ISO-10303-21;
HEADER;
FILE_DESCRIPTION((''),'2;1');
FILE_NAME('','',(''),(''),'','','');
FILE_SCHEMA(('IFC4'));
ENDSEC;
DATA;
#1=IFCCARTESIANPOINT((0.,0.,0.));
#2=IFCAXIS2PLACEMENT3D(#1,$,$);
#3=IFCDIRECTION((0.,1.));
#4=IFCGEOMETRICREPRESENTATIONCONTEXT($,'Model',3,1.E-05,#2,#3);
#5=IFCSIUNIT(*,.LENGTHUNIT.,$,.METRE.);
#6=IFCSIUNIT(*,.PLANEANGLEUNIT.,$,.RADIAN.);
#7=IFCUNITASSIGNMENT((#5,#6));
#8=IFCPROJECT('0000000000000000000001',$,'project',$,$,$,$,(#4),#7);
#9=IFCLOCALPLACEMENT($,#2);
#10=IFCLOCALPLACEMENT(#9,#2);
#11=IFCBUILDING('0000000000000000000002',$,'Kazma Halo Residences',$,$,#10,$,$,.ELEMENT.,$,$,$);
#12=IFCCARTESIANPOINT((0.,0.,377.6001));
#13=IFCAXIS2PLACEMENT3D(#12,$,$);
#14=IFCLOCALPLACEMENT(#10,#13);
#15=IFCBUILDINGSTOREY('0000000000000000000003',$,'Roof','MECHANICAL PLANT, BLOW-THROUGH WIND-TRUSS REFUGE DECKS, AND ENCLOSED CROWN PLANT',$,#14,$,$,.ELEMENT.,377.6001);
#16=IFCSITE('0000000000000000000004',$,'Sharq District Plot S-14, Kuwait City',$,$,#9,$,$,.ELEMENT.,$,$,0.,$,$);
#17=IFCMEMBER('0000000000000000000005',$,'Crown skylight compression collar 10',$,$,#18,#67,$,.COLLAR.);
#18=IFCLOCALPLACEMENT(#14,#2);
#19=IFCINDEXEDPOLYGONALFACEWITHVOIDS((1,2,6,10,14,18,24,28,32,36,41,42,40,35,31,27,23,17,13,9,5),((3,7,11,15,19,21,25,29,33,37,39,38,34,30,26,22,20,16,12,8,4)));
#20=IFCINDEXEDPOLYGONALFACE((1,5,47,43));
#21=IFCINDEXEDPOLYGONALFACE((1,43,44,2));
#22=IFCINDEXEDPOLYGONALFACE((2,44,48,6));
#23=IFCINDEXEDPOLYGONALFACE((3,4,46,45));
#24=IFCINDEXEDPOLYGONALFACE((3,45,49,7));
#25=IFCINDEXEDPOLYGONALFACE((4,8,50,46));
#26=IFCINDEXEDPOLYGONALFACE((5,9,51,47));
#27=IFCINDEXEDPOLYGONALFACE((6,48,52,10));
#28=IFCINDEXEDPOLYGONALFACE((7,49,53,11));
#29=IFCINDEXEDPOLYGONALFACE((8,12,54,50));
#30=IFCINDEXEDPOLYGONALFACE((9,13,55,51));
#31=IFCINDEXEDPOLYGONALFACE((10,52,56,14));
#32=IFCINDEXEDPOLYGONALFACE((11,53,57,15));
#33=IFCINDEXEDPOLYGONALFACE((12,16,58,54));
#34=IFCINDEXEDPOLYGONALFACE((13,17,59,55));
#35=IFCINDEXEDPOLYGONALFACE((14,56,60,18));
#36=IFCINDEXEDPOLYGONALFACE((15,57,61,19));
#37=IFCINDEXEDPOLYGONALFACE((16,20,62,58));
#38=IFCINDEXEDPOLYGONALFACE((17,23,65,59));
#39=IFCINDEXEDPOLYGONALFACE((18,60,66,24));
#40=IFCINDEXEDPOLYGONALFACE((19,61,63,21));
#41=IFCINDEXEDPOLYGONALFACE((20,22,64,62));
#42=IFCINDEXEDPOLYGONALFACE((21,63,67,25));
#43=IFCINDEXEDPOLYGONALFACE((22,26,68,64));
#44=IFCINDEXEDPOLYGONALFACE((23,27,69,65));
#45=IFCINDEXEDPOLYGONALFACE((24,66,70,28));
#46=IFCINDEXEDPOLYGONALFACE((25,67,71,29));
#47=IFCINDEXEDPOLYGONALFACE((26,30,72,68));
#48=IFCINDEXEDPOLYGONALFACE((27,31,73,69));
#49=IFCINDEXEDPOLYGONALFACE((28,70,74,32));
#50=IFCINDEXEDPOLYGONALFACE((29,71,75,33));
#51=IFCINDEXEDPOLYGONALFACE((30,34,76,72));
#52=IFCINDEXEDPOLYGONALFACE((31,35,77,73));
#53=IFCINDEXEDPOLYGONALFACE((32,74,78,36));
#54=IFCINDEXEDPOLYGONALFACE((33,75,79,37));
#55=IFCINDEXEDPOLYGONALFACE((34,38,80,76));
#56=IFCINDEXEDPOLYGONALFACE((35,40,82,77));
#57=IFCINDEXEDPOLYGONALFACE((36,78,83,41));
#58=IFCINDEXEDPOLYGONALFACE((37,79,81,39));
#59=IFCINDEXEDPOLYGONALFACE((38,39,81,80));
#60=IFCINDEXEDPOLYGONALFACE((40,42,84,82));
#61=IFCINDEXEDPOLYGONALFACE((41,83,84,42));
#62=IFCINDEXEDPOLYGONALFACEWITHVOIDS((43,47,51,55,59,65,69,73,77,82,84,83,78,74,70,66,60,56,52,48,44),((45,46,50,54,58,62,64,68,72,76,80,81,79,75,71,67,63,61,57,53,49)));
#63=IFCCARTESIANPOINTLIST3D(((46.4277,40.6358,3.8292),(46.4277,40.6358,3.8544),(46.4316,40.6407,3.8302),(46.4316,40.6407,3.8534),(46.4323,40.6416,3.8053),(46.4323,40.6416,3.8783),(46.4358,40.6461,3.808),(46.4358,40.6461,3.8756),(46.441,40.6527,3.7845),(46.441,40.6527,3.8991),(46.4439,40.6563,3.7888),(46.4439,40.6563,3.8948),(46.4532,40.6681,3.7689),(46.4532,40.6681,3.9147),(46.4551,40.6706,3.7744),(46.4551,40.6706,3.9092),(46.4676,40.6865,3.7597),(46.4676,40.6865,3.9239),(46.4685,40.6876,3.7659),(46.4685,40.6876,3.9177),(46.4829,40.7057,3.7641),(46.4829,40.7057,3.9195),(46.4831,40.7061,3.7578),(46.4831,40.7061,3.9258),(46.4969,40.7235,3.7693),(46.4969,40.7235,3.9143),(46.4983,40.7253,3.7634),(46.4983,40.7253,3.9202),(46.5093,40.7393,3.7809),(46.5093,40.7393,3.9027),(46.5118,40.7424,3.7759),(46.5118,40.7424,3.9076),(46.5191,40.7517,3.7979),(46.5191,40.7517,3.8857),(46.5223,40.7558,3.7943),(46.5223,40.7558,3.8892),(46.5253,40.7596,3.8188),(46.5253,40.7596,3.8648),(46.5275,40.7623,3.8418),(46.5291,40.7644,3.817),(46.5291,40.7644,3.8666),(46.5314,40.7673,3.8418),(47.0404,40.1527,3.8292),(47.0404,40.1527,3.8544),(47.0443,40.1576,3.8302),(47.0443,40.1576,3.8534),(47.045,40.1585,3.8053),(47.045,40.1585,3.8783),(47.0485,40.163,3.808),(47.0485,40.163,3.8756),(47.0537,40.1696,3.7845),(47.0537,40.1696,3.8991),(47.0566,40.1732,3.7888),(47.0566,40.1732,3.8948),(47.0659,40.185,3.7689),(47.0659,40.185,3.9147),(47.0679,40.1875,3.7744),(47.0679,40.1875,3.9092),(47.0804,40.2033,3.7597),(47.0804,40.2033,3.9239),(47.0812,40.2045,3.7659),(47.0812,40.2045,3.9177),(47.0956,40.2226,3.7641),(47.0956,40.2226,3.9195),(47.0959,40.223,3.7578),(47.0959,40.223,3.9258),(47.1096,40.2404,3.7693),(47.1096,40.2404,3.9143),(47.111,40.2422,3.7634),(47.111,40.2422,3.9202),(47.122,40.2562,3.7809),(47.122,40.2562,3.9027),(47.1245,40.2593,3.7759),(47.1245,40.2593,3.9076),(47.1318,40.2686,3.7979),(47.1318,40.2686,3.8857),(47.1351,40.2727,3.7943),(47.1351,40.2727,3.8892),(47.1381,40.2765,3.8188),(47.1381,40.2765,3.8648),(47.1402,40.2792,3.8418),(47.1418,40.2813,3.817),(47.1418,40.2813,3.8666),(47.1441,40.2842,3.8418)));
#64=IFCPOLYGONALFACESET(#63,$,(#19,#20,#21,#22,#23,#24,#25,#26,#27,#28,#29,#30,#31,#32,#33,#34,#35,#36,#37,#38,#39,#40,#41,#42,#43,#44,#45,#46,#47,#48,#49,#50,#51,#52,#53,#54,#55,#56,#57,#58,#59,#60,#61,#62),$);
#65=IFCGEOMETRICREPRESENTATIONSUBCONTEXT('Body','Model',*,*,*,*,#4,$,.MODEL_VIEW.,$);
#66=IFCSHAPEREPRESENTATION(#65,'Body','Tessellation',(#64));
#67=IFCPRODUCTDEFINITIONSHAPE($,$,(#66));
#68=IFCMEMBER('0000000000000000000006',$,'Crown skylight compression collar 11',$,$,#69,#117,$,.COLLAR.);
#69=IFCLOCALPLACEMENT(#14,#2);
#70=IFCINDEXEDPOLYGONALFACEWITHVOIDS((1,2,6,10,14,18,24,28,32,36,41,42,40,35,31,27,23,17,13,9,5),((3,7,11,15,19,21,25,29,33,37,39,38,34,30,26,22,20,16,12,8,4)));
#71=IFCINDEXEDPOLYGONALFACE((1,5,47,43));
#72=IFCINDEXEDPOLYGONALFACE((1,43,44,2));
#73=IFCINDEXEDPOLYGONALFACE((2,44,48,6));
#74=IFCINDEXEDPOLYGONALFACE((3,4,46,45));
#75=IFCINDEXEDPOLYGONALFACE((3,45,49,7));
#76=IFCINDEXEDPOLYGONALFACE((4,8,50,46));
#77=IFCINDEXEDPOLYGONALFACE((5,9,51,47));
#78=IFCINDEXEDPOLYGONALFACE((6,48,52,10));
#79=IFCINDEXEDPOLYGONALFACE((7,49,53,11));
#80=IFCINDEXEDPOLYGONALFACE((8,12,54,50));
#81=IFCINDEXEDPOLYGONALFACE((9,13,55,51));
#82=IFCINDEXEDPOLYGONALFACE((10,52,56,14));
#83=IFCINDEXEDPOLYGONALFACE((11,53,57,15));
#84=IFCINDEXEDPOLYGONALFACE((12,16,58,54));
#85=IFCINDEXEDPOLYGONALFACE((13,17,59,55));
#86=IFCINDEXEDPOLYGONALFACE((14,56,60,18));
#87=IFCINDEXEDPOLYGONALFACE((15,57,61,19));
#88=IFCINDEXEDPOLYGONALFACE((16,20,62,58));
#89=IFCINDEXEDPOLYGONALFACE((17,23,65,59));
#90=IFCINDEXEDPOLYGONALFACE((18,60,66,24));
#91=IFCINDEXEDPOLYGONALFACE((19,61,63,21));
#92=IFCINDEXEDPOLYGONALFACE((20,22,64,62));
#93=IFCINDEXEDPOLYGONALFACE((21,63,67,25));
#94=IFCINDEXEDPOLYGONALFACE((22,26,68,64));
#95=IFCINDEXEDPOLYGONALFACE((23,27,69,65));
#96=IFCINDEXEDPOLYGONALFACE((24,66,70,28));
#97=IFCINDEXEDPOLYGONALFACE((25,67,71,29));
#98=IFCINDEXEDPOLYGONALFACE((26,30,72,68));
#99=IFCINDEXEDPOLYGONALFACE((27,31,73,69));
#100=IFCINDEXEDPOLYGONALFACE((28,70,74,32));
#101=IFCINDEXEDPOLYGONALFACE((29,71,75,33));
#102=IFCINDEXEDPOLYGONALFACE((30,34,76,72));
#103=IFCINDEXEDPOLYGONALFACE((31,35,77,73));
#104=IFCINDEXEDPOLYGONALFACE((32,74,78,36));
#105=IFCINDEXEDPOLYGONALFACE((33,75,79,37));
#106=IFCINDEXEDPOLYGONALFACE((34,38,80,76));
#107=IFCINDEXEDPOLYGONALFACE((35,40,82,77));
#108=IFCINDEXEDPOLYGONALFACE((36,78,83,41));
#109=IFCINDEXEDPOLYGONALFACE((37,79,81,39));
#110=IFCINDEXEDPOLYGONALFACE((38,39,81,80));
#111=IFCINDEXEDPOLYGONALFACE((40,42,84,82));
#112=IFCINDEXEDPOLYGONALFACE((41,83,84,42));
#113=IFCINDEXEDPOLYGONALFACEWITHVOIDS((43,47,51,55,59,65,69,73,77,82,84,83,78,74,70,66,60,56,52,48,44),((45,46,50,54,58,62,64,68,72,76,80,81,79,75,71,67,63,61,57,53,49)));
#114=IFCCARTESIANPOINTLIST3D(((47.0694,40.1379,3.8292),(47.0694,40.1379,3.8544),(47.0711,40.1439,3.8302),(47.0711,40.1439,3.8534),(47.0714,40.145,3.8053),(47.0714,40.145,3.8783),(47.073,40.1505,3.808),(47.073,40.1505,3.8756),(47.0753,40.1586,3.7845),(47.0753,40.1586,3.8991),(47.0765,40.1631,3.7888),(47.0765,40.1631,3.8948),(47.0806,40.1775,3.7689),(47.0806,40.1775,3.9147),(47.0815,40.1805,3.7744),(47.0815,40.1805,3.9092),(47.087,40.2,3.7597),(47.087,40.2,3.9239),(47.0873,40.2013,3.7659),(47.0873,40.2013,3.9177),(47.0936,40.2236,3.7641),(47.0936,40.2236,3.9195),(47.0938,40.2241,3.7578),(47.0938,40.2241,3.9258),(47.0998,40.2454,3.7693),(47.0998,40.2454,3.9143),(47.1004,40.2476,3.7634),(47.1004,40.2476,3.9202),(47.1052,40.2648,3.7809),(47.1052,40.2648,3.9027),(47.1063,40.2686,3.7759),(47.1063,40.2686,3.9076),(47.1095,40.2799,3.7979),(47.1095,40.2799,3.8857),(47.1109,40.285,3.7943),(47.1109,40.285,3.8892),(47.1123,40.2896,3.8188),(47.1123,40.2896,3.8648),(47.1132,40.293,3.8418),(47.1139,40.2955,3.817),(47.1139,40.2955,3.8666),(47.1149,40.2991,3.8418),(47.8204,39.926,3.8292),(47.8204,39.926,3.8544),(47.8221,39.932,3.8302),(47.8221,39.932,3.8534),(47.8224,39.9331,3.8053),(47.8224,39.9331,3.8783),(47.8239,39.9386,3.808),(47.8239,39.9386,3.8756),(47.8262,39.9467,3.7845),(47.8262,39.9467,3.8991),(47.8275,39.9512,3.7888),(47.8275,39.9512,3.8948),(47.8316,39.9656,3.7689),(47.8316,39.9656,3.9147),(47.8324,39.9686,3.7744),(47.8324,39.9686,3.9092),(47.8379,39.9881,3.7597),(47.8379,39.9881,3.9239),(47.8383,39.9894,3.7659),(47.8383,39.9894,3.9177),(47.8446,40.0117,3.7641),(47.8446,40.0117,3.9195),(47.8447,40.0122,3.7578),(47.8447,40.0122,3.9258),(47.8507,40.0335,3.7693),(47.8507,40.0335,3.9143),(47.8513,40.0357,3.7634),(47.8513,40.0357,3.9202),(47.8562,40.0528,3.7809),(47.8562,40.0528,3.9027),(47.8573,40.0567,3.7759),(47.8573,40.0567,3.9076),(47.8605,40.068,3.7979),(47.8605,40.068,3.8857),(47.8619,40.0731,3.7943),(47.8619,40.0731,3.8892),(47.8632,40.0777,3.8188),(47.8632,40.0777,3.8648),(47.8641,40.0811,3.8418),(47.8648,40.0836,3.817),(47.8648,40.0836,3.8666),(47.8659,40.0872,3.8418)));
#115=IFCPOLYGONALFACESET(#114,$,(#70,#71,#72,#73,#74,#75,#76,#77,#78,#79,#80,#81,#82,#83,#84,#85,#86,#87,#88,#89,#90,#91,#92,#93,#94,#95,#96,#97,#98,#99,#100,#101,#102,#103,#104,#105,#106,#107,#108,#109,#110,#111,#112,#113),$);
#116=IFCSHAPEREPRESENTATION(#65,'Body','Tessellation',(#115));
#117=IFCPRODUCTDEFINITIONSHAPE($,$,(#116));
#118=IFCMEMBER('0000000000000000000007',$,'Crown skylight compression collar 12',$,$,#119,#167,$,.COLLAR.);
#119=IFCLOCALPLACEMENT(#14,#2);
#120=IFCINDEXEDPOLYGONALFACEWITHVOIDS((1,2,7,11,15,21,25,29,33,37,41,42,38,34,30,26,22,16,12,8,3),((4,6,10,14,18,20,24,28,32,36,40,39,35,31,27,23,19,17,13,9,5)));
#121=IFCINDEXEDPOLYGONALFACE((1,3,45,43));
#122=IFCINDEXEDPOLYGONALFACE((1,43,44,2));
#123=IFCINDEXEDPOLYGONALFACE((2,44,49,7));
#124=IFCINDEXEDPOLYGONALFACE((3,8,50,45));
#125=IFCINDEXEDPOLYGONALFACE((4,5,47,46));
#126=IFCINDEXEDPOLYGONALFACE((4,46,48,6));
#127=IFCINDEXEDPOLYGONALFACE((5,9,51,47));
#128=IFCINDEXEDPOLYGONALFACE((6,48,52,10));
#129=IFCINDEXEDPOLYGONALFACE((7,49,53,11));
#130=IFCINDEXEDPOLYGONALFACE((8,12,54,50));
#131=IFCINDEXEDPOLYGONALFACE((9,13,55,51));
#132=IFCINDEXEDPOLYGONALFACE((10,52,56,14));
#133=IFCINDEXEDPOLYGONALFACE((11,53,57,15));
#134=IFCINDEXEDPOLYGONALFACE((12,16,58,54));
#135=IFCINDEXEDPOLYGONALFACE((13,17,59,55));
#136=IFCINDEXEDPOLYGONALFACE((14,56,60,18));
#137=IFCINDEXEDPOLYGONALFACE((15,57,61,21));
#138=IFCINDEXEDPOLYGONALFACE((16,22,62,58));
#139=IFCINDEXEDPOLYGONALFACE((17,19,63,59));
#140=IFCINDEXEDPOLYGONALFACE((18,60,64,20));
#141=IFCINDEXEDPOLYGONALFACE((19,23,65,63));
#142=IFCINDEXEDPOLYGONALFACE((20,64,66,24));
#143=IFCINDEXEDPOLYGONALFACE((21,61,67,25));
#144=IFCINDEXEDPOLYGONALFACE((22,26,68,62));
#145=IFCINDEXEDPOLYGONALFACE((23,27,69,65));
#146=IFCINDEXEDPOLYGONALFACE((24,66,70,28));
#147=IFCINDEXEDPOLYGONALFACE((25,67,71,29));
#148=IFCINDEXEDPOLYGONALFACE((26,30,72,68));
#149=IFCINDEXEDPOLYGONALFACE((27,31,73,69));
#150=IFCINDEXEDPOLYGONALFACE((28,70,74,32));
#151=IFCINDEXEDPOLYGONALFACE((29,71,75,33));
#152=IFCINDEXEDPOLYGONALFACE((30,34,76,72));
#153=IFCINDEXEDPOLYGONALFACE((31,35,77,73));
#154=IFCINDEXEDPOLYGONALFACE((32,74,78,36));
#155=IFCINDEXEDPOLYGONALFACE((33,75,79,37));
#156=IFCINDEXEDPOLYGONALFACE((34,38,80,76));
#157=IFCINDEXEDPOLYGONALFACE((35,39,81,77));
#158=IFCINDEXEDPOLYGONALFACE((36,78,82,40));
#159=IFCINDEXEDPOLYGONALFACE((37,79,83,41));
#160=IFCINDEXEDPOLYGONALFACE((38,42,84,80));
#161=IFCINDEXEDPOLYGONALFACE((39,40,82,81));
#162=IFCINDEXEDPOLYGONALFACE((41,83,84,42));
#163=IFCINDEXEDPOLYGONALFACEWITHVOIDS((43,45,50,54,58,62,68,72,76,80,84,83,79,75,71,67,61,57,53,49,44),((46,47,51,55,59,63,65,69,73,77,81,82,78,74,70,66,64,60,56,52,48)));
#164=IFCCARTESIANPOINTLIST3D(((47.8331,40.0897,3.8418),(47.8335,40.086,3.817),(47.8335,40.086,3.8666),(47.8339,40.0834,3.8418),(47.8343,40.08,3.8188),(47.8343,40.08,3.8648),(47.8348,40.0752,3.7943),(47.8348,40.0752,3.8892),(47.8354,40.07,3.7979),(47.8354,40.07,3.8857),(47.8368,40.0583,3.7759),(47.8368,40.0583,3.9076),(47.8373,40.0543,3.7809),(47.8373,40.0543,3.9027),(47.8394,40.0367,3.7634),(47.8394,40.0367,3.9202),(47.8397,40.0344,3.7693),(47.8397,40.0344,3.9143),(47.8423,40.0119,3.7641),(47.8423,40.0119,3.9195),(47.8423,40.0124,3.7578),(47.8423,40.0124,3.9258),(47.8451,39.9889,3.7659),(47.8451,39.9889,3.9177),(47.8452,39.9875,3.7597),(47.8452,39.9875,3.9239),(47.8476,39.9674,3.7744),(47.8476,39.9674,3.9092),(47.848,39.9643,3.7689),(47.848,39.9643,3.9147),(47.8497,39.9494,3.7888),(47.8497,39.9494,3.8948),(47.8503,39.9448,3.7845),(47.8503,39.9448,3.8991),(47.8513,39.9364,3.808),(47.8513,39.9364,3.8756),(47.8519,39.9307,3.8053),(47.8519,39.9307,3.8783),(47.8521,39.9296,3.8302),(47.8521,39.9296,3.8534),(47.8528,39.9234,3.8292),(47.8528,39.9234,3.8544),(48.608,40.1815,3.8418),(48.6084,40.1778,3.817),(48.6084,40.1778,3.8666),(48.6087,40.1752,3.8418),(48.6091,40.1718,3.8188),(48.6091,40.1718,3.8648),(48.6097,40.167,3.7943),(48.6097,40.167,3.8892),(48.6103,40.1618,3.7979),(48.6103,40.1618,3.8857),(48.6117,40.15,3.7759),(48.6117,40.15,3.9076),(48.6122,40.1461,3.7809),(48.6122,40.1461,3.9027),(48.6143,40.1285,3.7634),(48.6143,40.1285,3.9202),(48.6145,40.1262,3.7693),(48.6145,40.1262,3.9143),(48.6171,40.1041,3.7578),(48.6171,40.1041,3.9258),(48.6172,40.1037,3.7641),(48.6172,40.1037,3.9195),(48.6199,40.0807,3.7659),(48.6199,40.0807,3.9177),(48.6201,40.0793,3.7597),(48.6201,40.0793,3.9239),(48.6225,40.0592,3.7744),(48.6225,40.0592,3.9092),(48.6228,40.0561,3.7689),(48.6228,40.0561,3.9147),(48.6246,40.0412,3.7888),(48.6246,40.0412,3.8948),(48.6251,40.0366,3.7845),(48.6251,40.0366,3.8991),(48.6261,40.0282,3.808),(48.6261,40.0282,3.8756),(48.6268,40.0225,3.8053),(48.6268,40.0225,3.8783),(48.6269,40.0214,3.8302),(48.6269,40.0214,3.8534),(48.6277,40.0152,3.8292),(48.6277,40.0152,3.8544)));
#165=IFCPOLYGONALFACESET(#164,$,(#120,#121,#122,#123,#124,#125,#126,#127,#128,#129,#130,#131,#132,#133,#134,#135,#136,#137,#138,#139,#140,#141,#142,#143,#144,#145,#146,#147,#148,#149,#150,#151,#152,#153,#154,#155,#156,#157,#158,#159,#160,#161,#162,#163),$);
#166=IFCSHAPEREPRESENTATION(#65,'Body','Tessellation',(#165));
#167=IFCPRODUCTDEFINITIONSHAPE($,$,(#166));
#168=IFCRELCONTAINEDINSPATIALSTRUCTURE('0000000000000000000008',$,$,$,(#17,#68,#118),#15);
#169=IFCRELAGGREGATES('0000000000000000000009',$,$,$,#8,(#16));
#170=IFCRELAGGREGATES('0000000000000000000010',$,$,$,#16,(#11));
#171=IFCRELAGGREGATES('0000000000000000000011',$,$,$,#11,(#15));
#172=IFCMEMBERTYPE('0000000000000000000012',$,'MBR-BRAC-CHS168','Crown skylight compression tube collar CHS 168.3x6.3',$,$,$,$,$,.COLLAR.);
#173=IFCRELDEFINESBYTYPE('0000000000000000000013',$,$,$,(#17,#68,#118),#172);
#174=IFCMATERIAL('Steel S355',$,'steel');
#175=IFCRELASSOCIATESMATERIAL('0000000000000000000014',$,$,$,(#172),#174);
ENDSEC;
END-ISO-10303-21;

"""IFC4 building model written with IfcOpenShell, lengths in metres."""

from ifc_helpers import new_model, si_unit, direction, frame, origin, origin_2d, place, context, subcontext, project, spatial, hollow_circle, extrude, material, material_profile, profile_set, type_object, element, save


model = new_model("IFC4")

# Units and contexts
model_context = context("Model", 3, precision=1e-05, world=origin(), true_north=direction((0.0, 1.0)))
body_context = subcontext(model_context, "Body", "Model", "MODEL_VIEW")
ifc_project = project(units=[si_unit("LENGTHUNIT", "METRE"), si_unit("PLANEANGLEUNIT", "RADIAN")], contexts=[model_context])

# Site, building, storey
site_placement = place(None, origin())
site = spatial("IfcSite", under=ifc_project, at=site_placement, Name="Sharq District Plot S-14, Kuwait City", CompositionType="ELEMENT", RefElevation=0.0)
building_placement = place(site_placement, origin())
building = spatial("IfcBuilding", under=site, at=building_placement, Name="Kazma Halo Residences", CompositionType="ELEMENT")
storey_placement = place(building_placement, frame((0.0, 0.0, 377.6001)))
storey = spatial("IfcBuildingStorey", under=building, at=storey_placement, Name="Roof", Description="MECHANICAL PLANT, BLOW-THROUGH WIND-TRUSS REFUGE DECKS, AND ENCLOSED CROWN PLANT", CompositionType="ELEMENT", Elevation=377.6001)

# Shared definitions
ifc_material_1 = material(Name="Steel S355", Category="steel")

# Members
ifc_material_profile_1 = material_profile(ifc_material_1, hollow_circle(Radius=0.0842, WallThickness=0.0063, at=origin_2d()), Name="CHS168.3x6.3")
ifc_profile_set_1 = profile_set([ifc_material_profile_1], Name="Steel S355")
member_type_1 = type_object("IfcMemberType", Name="MBR-BRAC-CHS168", Description="Crown skylight compression tube collar CHS 168.3x6.3", PredefinedType="COLLAR", material=ifc_profile_set_1)
for number, where, z_axis, x_axis, name in (
    (1, (46.4792, 40.7012, 3.8418), (0.785275, -0.619147, 0.0), (0.619147, 0.785275, 0.0), "Crown skylight compression collar 10"),
    (2, (47.092, 40.218, 3.8418), (0.962416, -0.271579, 0.0), (0.271579, 0.962416, 0.0), "Crown skylight compression collar 11"),
    (3, (47.843, 40.0061, 3.8418), (0.993056, 0.11764, 0.0), (-0.11764, 0.993056, 0.0), "Crown skylight compression collar 12"),
):
    element("IfcMember", number, at=place(storey_placement, frame(where, z_axis=z_axis, x_axis=x_axis)), inside=storey, type_object=member_type_1, Name=name, PredefinedType="COLLAR", context=body_context, shape_type="SweptSolid", body=[
        extrude(hollow_circle(Radius=0.0842, WallThickness=0.0063, at=origin_2d()), origin(), (0.0, 0.0, 1.0), 0.7803),
    ])

save(model, "model.ifc")
